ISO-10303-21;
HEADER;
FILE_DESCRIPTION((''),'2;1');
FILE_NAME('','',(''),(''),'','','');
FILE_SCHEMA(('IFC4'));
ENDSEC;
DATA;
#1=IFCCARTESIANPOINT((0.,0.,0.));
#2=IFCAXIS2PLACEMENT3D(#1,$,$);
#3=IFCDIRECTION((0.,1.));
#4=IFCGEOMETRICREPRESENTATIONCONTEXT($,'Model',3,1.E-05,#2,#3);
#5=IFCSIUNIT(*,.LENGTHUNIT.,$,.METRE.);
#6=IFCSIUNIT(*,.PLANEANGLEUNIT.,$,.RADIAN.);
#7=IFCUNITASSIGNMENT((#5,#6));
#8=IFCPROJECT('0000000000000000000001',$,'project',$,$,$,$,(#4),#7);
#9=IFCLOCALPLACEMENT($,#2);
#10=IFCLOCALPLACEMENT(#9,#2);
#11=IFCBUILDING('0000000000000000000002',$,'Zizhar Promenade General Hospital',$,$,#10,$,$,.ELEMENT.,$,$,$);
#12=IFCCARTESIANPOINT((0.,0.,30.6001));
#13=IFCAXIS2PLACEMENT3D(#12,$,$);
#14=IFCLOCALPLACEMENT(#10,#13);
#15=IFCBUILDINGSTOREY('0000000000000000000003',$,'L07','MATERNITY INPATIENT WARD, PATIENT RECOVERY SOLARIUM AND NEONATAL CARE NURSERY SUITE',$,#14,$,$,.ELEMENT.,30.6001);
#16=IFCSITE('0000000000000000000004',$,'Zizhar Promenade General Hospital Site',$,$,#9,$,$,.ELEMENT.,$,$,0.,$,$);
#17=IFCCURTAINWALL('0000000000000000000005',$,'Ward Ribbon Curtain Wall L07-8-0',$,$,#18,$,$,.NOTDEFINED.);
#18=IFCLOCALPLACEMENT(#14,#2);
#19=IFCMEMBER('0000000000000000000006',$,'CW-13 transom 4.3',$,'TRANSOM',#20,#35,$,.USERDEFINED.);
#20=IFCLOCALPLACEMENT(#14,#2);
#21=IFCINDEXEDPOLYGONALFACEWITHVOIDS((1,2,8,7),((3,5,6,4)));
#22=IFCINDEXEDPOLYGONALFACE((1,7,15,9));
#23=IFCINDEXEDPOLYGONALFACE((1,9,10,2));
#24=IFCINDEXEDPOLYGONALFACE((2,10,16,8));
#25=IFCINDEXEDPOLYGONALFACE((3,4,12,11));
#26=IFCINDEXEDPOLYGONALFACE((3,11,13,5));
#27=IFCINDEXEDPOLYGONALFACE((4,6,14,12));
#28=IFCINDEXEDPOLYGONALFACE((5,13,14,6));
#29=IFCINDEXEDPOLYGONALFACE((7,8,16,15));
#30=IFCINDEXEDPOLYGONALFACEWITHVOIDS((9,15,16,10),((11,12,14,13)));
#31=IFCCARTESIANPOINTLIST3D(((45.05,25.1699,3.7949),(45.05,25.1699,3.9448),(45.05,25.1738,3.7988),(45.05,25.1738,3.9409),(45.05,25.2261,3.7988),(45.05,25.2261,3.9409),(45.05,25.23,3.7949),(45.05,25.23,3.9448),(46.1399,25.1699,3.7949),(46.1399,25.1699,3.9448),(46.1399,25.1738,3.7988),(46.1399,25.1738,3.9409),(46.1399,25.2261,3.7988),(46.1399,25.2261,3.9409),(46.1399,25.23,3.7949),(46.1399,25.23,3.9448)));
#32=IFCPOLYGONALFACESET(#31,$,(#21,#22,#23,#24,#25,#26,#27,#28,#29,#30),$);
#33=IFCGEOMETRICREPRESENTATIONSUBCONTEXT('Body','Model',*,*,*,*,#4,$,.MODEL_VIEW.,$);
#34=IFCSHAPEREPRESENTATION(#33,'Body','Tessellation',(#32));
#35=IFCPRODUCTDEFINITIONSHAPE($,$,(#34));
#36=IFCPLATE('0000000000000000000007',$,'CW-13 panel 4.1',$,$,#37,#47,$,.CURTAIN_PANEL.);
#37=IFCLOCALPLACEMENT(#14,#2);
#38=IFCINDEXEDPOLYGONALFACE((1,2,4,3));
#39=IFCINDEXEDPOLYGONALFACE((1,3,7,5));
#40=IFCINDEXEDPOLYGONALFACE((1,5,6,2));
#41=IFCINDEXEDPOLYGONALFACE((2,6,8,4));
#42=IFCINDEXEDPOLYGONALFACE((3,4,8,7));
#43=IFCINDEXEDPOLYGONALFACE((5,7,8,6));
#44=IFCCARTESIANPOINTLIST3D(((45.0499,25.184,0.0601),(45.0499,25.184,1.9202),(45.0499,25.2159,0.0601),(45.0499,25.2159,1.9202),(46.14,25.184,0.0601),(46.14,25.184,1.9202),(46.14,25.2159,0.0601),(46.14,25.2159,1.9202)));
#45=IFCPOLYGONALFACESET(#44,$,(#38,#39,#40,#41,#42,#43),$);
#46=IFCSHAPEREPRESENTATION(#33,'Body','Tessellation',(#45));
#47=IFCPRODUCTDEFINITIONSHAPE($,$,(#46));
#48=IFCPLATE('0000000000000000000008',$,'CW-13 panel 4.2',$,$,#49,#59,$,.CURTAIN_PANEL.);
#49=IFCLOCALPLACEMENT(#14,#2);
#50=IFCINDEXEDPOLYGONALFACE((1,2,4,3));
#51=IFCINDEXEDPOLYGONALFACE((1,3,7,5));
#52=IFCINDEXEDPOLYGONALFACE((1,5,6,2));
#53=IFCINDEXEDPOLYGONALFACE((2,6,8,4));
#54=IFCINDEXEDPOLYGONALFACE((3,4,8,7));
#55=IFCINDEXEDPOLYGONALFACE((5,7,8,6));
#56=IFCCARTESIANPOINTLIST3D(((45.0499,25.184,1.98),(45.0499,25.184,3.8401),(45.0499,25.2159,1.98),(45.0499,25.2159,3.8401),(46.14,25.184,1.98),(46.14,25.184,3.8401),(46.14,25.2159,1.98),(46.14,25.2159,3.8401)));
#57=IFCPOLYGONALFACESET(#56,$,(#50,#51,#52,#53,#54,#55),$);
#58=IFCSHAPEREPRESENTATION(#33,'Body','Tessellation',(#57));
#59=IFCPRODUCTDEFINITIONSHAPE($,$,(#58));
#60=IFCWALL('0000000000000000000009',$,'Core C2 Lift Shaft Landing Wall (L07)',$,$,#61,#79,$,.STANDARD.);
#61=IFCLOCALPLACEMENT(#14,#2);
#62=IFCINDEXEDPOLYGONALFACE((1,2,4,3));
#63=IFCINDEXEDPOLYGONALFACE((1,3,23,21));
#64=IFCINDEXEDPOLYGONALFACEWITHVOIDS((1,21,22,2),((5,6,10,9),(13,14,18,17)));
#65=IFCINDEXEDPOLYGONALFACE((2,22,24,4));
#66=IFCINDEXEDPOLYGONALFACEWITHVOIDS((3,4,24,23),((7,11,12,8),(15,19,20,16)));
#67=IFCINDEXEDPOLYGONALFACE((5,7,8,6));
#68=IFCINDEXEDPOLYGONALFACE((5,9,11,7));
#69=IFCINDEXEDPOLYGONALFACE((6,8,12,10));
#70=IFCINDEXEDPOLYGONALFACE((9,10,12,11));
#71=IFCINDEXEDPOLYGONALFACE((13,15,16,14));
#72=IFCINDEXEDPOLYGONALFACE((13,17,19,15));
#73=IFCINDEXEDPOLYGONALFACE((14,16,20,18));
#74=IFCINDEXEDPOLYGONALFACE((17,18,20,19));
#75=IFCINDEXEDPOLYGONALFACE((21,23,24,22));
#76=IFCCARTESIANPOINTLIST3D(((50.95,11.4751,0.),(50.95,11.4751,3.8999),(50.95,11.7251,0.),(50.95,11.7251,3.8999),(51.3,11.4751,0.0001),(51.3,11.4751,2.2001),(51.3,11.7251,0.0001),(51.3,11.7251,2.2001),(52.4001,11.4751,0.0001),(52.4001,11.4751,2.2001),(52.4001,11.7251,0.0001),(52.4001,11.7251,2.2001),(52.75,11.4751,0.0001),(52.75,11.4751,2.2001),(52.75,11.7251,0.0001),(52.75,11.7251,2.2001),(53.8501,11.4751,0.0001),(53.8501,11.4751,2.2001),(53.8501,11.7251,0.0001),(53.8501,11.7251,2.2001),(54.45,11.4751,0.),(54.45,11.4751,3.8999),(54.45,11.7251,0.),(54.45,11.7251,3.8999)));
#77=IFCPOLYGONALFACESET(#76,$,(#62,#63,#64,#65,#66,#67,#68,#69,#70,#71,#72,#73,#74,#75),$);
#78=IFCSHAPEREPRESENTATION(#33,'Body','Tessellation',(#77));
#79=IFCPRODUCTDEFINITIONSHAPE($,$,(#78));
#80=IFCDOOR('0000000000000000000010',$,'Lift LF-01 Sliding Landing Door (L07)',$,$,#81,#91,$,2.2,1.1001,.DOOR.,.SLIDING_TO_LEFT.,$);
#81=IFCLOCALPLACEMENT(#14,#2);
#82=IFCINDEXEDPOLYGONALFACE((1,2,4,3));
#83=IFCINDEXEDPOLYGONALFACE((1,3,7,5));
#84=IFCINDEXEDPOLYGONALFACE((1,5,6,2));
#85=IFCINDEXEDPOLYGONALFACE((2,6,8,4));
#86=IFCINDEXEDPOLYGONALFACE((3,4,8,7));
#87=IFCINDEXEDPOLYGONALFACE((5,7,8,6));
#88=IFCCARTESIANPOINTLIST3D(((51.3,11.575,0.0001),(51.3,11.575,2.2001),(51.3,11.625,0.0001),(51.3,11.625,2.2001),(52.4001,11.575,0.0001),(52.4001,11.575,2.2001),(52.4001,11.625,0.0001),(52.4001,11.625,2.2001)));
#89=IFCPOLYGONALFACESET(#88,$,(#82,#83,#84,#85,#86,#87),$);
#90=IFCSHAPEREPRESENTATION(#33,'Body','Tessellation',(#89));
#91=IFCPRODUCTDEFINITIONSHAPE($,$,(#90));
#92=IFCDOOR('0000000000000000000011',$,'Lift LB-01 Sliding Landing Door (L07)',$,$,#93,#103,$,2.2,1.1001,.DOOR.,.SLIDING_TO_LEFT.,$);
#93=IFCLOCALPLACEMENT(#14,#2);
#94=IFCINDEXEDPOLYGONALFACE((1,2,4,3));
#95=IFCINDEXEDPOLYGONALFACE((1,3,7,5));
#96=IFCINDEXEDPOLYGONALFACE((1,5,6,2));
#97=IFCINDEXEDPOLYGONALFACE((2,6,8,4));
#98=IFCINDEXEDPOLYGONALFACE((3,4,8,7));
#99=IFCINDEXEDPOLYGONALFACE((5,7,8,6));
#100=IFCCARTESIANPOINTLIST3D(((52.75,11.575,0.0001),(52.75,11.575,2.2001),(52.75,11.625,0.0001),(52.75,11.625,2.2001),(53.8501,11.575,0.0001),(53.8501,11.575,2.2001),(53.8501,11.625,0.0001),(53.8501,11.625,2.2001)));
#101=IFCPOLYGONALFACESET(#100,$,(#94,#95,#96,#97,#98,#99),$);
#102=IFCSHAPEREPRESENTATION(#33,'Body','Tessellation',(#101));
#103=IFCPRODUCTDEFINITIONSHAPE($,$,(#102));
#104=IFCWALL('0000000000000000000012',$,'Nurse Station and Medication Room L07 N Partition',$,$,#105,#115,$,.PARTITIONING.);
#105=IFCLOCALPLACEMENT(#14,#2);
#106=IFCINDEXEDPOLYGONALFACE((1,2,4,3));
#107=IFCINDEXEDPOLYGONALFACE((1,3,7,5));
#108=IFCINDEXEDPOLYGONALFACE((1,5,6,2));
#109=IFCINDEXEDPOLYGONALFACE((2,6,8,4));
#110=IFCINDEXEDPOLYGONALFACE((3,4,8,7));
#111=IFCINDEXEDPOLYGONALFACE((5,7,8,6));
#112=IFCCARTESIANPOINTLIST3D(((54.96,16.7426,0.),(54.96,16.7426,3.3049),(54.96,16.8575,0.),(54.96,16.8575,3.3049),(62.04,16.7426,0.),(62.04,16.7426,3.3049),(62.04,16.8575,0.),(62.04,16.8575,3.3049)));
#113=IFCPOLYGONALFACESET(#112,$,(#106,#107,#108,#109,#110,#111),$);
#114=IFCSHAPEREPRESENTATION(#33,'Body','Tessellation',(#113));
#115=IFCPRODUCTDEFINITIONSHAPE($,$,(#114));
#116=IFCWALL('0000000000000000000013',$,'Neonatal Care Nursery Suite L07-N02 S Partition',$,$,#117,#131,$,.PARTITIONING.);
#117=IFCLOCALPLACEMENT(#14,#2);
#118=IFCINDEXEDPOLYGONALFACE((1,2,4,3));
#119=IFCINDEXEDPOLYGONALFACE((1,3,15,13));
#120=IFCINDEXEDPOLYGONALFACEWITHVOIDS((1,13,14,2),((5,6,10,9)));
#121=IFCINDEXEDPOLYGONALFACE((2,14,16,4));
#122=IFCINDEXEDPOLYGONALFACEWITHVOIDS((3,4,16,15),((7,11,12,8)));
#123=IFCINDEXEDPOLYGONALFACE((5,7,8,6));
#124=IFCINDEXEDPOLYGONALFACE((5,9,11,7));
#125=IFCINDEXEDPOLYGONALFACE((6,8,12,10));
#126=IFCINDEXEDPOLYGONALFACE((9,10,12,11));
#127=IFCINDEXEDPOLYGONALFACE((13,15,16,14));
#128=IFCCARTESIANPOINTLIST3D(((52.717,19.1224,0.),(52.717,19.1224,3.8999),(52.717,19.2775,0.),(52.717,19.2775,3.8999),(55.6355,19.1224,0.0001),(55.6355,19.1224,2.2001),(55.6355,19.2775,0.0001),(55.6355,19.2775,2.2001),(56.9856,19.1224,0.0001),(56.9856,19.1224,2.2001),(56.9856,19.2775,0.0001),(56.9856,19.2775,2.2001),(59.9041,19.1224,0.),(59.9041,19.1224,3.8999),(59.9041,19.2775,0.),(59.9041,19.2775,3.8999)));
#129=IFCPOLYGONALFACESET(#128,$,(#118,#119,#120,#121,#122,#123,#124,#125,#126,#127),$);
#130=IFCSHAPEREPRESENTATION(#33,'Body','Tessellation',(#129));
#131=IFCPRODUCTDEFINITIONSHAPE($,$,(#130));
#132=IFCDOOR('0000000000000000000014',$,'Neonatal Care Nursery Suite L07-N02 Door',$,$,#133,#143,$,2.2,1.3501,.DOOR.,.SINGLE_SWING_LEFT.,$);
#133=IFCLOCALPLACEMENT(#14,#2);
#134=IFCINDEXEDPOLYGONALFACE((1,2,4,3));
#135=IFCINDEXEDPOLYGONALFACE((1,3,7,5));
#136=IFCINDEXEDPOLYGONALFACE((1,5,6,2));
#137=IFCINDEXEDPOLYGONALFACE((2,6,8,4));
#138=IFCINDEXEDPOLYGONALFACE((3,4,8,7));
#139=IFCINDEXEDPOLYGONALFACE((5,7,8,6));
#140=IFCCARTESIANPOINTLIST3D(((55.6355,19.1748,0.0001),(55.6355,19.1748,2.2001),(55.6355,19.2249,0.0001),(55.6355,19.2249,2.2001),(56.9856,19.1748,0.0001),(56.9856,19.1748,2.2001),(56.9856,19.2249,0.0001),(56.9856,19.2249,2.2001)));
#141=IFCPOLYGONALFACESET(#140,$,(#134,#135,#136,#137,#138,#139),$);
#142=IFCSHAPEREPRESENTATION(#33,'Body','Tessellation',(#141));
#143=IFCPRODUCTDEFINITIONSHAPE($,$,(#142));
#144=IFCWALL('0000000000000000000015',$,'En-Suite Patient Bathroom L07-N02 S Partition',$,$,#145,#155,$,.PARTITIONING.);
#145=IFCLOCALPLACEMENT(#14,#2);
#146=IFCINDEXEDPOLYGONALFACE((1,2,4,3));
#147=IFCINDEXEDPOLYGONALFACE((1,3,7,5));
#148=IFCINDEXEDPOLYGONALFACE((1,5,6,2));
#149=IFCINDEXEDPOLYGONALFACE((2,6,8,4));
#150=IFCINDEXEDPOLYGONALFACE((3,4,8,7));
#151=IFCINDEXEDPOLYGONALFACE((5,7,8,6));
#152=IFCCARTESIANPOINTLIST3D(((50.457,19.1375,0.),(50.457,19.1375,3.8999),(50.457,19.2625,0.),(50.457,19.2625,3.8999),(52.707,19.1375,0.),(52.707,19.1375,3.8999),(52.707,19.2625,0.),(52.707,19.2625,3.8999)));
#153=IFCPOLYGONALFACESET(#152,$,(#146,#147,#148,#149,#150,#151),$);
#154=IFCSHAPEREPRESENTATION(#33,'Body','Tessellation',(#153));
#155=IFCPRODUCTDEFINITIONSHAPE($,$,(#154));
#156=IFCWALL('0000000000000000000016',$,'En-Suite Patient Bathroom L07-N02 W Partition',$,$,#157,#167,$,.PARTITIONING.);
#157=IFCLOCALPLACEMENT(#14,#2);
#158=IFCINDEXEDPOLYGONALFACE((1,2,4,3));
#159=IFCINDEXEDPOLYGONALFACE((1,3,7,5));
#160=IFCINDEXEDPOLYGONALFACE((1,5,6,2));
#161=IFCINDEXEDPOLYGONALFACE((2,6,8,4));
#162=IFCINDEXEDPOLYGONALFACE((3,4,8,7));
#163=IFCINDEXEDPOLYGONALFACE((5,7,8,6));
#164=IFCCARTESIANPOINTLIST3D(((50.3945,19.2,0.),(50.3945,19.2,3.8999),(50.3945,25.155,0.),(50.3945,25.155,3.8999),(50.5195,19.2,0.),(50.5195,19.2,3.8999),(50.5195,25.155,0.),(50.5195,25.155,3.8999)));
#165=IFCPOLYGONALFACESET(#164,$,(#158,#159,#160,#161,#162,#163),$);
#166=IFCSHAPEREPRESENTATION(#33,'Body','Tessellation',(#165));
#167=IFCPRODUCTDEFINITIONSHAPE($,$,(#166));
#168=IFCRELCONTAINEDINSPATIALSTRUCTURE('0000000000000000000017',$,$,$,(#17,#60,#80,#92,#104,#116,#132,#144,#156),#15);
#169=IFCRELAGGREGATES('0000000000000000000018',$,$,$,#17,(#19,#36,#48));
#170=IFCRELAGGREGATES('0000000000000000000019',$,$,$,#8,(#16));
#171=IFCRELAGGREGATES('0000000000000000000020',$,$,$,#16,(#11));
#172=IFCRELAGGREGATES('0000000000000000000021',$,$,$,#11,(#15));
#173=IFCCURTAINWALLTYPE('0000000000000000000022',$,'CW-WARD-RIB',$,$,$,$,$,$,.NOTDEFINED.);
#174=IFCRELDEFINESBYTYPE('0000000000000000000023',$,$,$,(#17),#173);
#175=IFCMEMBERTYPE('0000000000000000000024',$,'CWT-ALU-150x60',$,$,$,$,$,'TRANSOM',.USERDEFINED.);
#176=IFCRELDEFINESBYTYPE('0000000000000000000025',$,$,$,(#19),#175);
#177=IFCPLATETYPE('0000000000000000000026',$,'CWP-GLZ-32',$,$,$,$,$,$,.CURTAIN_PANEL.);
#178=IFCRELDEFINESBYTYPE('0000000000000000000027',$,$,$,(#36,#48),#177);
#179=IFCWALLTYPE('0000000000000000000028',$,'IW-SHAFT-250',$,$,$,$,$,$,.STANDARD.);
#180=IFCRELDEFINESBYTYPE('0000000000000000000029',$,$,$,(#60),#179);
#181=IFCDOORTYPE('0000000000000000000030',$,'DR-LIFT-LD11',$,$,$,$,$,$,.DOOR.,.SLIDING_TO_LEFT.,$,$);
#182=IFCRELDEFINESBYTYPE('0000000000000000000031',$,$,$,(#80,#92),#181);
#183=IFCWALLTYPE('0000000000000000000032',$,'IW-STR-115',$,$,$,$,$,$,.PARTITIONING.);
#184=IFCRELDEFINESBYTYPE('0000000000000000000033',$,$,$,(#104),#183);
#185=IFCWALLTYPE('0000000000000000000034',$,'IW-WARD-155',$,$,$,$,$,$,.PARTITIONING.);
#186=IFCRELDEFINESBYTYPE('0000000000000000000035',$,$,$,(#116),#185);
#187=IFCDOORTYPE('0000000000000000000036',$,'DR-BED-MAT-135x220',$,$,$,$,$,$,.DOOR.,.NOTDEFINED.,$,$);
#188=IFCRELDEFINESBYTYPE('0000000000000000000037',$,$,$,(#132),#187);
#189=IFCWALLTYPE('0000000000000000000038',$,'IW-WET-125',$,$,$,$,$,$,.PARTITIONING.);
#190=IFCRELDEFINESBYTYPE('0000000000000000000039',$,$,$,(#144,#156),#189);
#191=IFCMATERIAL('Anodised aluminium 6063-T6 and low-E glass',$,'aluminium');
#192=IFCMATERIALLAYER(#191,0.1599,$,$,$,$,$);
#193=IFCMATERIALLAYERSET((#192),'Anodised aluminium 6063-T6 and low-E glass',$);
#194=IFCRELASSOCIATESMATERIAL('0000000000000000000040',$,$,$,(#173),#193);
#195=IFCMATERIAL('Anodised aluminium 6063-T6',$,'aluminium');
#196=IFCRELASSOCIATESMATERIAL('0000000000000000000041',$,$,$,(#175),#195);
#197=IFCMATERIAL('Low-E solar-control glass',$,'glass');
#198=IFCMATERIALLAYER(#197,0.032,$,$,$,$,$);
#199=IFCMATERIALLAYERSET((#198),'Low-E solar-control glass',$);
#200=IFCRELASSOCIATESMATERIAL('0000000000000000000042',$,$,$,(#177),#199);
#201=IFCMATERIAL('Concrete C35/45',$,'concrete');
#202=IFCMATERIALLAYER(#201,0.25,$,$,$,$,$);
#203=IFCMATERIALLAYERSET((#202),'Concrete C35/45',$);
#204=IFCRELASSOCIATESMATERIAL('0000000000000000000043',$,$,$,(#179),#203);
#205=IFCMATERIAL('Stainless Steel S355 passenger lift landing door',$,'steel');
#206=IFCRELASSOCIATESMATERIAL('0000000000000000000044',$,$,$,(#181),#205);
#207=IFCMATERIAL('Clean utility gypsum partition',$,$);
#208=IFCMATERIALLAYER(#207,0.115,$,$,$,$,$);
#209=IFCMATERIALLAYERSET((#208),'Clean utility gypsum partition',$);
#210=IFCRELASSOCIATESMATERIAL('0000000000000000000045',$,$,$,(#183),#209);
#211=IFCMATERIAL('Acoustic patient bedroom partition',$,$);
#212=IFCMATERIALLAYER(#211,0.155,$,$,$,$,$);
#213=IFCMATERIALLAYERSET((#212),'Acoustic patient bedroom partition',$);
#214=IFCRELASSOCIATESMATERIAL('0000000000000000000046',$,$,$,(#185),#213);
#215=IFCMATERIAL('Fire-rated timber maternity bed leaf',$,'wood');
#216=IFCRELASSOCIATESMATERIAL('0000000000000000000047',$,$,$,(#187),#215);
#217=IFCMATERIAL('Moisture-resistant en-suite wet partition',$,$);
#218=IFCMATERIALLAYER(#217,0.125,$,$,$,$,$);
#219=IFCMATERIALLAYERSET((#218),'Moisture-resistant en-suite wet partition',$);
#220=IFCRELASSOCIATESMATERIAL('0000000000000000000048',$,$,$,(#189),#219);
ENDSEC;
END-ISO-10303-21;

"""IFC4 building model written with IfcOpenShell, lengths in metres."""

from ifc_helpers import new_model, si_unit, direction, frame, frame_2d, origin, origin_2d, place, context, subcontext, project, spatial, rectangle, hollow_rectangle, extrude, material, layer, layer_set, material_profile, profile_set, type_object, element, fill, aggregate, save


model = new_model("IFC4")

# Units and contexts
model_context = context("Model", 3, precision=1e-05, world=origin(), true_north=direction((0.0, 1.0)))
body_context = subcontext(model_context, "Body", "Model", "MODEL_VIEW")
ifc_project = project(units=[si_unit("LENGTHUNIT", "METRE"), si_unit("PLANEANGLEUNIT", "RADIAN")], contexts=[model_context])

# Site, building, storey
site_placement = place(None, origin())
site = spatial("IfcSite", under=ifc_project, at=site_placement, Name="Zizhar Promenade General Hospital Site", CompositionType="ELEMENT", RefElevation=0.0)
building_placement = place(site_placement, origin())
building = spatial("IfcBuilding", under=site, at=building_placement, Name="Zizhar Promenade General Hospital", CompositionType="ELEMENT")
storey_placement = place(building_placement, frame((0.0, 0.0, 30.6001)))
storey = spatial("IfcBuildingStorey", under=building, at=storey_placement, Name="L07", Description="MATERNITY INPATIENT WARD, PATIENT RECOVERY SOLARIUM AND NEONATAL CARE NURSERY SUITE", CompositionType="ELEMENT", Elevation=30.6001)

# Curtain wall
ifc_material_1 = material(Name="Anodised aluminium 6063-T6 and low-E glass", Category="aluminium")
ifc_layer_1 = layer(ifc_material_1, 0.1599)
ifc_layer_set_1 = layer_set([ifc_layer_1], Name="Anodised aluminium 6063-T6 and low-E glass")
curtain_wall_type = type_object("IfcCurtainWallType", Name="CW-WARD-RIB", PredefinedType="NOTDEFINED", material=ifc_layer_set_1)
curtain_wall_1_placement = place(storey_placement, origin())
curtain_wall_1 = element("IfcCurtainWall", 1, at=curtain_wall_1_placement, inside=storey, type_object=curtain_wall_type, Name="Ward Ribbon Curtain Wall L07-8-0", PredefinedType="NOTDEFINED")

# Member
ifc_material_2 = material(Name="Anodised aluminium 6063-T6", Category="aluminium")
ifc_material_profile_1 = material_profile(ifc_material_2, hollow_rectangle(XDim=0.0601, YDim=0.1499, WallThickness=0.0039, at=origin_2d()))
ifc_profile_set_1 = profile_set([ifc_material_profile_1], Name="Anodised aluminium 6063-T6")
member_type_1 = type_object("IfcMemberType", Name="CWT-ALU-150x60", ElementType="TRANSOM", PredefinedType="USERDEFINED", material=ifc_profile_set_1)
member_1_placement = place(storey_placement, frame((45.05, 25.2, 3.8699), z_axis=(1.0, 0.0, 0.0), x_axis=(0.0, 1.0, 0.0)))
member_1 = element("IfcMember", 2, at=member_1_placement, type_object=member_type_1, Name="CW-13 transom 4.3", ObjectType="TRANSOM", PredefinedType="USERDEFINED", context=body_context, shape_type="SweptSolid", body=[
    extrude(hollow_rectangle(XDim=0.0601, YDim=0.1499, WallThickness=0.0039, at=origin_2d()), origin(), (0.0, 0.0, 1.0), 1.0898),
])

# Plates
ifc_material_3 = material(Name="Low-E solar-control glass", Category="glass")
ifc_layer_2 = layer(ifc_material_3, 0.032)
ifc_layer_set_2 = layer_set([ifc_layer_2], Name="Low-E solar-control glass")
plate_type = type_object("IfcPlateType", Name="CWP-GLZ-32", PredefinedType="CURTAIN_PANEL", material=ifc_layer_set_2)
plate_1_placement = place(storey_placement, frame((45.595, 25.2, 0.0601), z_axis=(0.0, 0.0, 1.0), x_axis=(1.0, 0.0, 0.0)))
plate_1 = element("IfcPlate", 3, at=plate_1_placement, type_object=plate_type, Name="CW-13 panel 4.1", PredefinedType="CURTAIN_PANEL", context=body_context, shape_type="SweptSolid", body=[
    extrude(rectangle(XDim=1.0901, YDim=0.032, at=origin_2d()), origin(), (0.0, 0.0, 1.0), 1.8601),
])
plate_2_placement = place(storey_placement, frame((45.595, 25.2, 1.98), z_axis=(0.0, 0.0, 1.0), x_axis=(1.0, 0.0, 0.0)))
plate_2 = element("IfcPlate", 4, at=plate_2_placement, type_object=plate_type, Name="CW-13 panel 4.2", PredefinedType="CURTAIN_PANEL", context=body_context, shape_type="SweptSolid", body=[
    extrude(rectangle(XDim=1.0901, YDim=0.032, at=origin_2d()), origin(), (0.0, 0.0, 1.0), 1.8601),
])
aggregate(curtain_wall_1, [member_1, plate_1, plate_2])

# Wall, openings, doors
ifc_material_4 = material(Name="Concrete C35/45", Category="concrete")
ifc_layer_3 = layer(ifc_material_4, 0.25)
ifc_layer_set_3 = layer_set([ifc_layer_3], Name="Concrete C35/45")
wall_type_1 = type_object("IfcWallType", Name="IW-SHAFT-250", PredefinedType="STANDARD", material=ifc_layer_set_3)
wall_1_placement = place(storey_placement, frame((50.95, 11.6001, 0.0), z_axis=(0.0, 0.0, 1.0), x_axis=(1.0, 0.0, 0.0)))
wall_1 = element("IfcWall", 5, at=wall_1_placement, inside=storey, type_object=wall_type_1, Name="Core C2 Lift Shaft Landing Wall (L07)", PredefinedType="STANDARD", context=body_context, shape_type="SweptSolid", body=[
    extrude(rectangle(XDim=3.5, YDim=0.25, at=frame_2d((1.75, 0.0))), origin(), (0.0, 0.0, 1.0), 3.8999),
])
opening_1_placement = place(wall_1_placement, frame((0.3501, 0.0, 0.0)))
opening_1 = element("IfcOpeningElement", 6, at=opening_1_placement, cuts=wall_1, PredefinedType="OPENING", context=body_context, shape_type="SweptSolid", body=[
    extrude(rectangle(XDim=1.1001, YDim=2.2, at=frame_2d((0.55, 1.1001))), frame((0.0, 0.135, 0.0), z_axis=(0.0, -1.0, 0.0), x_axis=(1.0, 0.0, 0.0)), (0.0, 0.0, 1.0), 0.27),
])
opening_2_placement = place(wall_1_placement, frame((1.8, 0.0, 0.0)))
opening_2 = element("IfcOpeningElement", 7, at=opening_2_placement, cuts=wall_1, PredefinedType="OPENING", context=body_context, shape_type="SweptSolid", body=[
    extrude(rectangle(XDim=1.1001, YDim=2.2, at=frame_2d((0.55, 1.1001))), frame((0.0, 0.135, 0.0), z_axis=(0.0, -1.0, 0.0), x_axis=(1.0, 0.0, 0.0)), (0.0, 0.0, 1.0), 0.27),
])
ifc_material_5 = material(Name="Stainless Steel S355 passenger lift landing door", Category="steel")
door_type_1 = type_object("IfcDoorType", Name="DR-LIFT-LD11", OperationType="SLIDING_TO_LEFT", PredefinedType="DOOR", material=ifc_material_5)
door_1_placement = place(opening_1_placement, origin())
door_1 = element("IfcDoor", 8, at=door_1_placement, inside=storey, type_object=door_type_1, Name="Lift LF-01 Sliding Landing Door (L07)", OperationType="SLIDING_TO_LEFT", OverallHeight=2.2, OverallWidth=1.1001, PredefinedType="DOOR", context=body_context, shape_type="SweptSolid", body=[
    extrude(rectangle(XDim=1.1001, YDim=2.2, at=frame_2d((0.55, 1.1001))), frame((0.0, 0.0249, 0.0), z_axis=(0.0, -1.0, 0.0), x_axis=(1.0, 0.0, 0.0)), (0.0, 0.0, 1.0), 0.05),
])
fill(opening_1, door_1)
door_2_placement = place(opening_2_placement, origin())
door_2 = element("IfcDoor", 9, at=door_2_placement, inside=storey, type_object=door_type_1, Name="Lift LB-01 Sliding Landing Door (L07)", OperationType="SLIDING_TO_LEFT", OverallHeight=2.2, OverallWidth=1.1001, PredefinedType="DOOR", context=body_context, shape_type="SweptSolid", body=[
    extrude(rectangle(XDim=1.1001, YDim=2.2, at=frame_2d((0.55, 1.1001))), frame((0.0, 0.0249, 0.0), z_axis=(0.0, -1.0, 0.0), x_axis=(1.0, 0.0, 0.0)), (0.0, 0.0, 1.0), 0.05),
])
fill(opening_2, door_2)

# Wall
ifc_material_6 = material(Name="Clean utility gypsum partition")
ifc_layer_4 = layer(ifc_material_6, 0.115)
ifc_layer_set_4 = layer_set([ifc_layer_4], Name="Clean utility gypsum partition")
wall_type_2 = type_object("IfcWallType", Name="IW-STR-115", PredefinedType="PARTITIONING", material=ifc_layer_set_4)
wall_2_placement = place(storey_placement, frame((54.96, 16.8, 0.0), z_axis=(0.0, 0.0, 1.0), x_axis=(1.0, 0.0, 0.0)))
element("IfcWall", 10, at=wall_2_placement, inside=storey, type_object=wall_type_2, Name="Nurse Station and Medication Room L07 N Partition", PredefinedType="PARTITIONING", context=body_context, shape_type="SweptSolid", body=[
    extrude(rectangle(XDim=7.0801, YDim=0.115, at=frame_2d((3.54, 0.0))), origin(), (0.0, 0.0, 1.0), 3.3049),
])

# Wall, opening, door
ifc_material_7 = material(Name="Acoustic patient bedroom partition")
ifc_layer_5 = layer(ifc_material_7, 0.155)
ifc_layer_set_5 = layer_set([ifc_layer_5], Name="Acoustic patient bedroom partition")
wall_type_3 = type_object("IfcWallType", Name="IW-WARD-155", PredefinedType="PARTITIONING", material=ifc_layer_set_5)
wall_3_placement = place(storey_placement, frame((52.717, 19.2, 0.0), z_axis=(0.0, 0.0, 1.0), x_axis=(1.0, 0.0, 0.0)))
wall_3 = element("IfcWall", 11, at=wall_3_placement, inside=storey, type_object=wall_type_3, Name="Neonatal Care Nursery Suite L07-N02 S Partition", PredefinedType="PARTITIONING", context=body_context, shape_type="SweptSolid", body=[
    extrude(rectangle(XDim=7.187, YDim=0.155, at=frame_2d((3.5935, 0.0))), origin(), (0.0, 0.0, 1.0), 3.8999),
])
opening_3_placement = place(wall_3_placement, frame((2.9185, 0.0, 0.0)))
opening_3 = element("IfcOpeningElement", 12, at=opening_3_placement, cuts=wall_3, PredefinedType="OPENING", context=body_context, shape_type="SweptSolid", body=[
    extrude(rectangle(XDim=1.3501, YDim=2.2, at=frame_2d((0.675, 1.1001))), frame((0.0, 0.0874, 0.0), z_axis=(0.0, -1.0, 0.0), x_axis=(1.0, 0.0, 0.0)), (0.0, 0.0, 1.0), 0.175),
])
ifc_material_8 = material(Name="Fire-rated timber maternity bed leaf", Category="wood")
door_type_2 = type_object("IfcDoorType", Name="DR-BED-MAT-135x220", OperationType="NOTDEFINED", PredefinedType="DOOR", material=ifc_material_8)
door_3_placement = place(opening_3_placement, origin())
door_3 = element("IfcDoor", 13, at=door_3_placement, inside=storey, type_object=door_type_2, Name="Neonatal Care Nursery Suite L07-N02 Door", OperationType="SINGLE_SWING_LEFT", OverallHeight=2.2, OverallWidth=1.3501, PredefinedType="DOOR", context=body_context, shape_type="SweptSolid", body=[
    extrude(rectangle(XDim=1.3501, YDim=2.2, at=frame_2d((0.675, 1.1001))), frame((0.0, 0.0249, 0.0), z_axis=(0.0, -1.0, 0.0), x_axis=(1.0, 0.0, 0.0)), (0.0, 0.0, 1.0), 0.05),
])
fill(opening_3, door_3)

# Walls
ifc_material_9 = material(Name="Moisture-resistant en-suite wet partition")
ifc_layer_6 = layer(ifc_material_9, 0.125)
ifc_layer_set_6 = layer_set([ifc_layer_6], Name="Moisture-resistant en-suite wet partition")
wall_type_4 = type_object("IfcWallType", Name="IW-WET-125", PredefinedType="PARTITIONING", material=ifc_layer_set_6)
wall_4_placement = place(storey_placement, frame((50.457, 19.2, 0.0), z_axis=(0.0, 0.0, 1.0), x_axis=(1.0, 0.0, 0.0)))
element("IfcWall", 14, at=wall_4_placement, inside=storey, type_object=wall_type_4, Name="En-Suite Patient Bathroom L07-N02 S Partition", PredefinedType="PARTITIONING", context=body_context, shape_type="SweptSolid", body=[
    extrude(rectangle(XDim=2.25, YDim=0.125, at=frame_2d((1.125, 0.0))), origin(), (0.0, 0.0, 1.0), 3.8999),
])
wall_5_placement = place(storey_placement, frame((50.457, 19.2, 0.0), z_axis=(0.0, 0.0, 1.0), x_axis=(0.0, 1.0, 0.0)))
element("IfcWall", 15, at=wall_5_placement, inside=storey, type_object=wall_type_4, Name="En-Suite Patient Bathroom L07-N02 W Partition", PredefinedType="PARTITIONING", context=body_context, shape_type="SweptSolid", body=[
    extrude(rectangle(XDim=5.9551, YDim=0.125, at=frame_2d((2.9775, 0.0))), origin(), (0.0, 0.0, 1.0), 3.8999),
])

save(model, "model.ifc")
